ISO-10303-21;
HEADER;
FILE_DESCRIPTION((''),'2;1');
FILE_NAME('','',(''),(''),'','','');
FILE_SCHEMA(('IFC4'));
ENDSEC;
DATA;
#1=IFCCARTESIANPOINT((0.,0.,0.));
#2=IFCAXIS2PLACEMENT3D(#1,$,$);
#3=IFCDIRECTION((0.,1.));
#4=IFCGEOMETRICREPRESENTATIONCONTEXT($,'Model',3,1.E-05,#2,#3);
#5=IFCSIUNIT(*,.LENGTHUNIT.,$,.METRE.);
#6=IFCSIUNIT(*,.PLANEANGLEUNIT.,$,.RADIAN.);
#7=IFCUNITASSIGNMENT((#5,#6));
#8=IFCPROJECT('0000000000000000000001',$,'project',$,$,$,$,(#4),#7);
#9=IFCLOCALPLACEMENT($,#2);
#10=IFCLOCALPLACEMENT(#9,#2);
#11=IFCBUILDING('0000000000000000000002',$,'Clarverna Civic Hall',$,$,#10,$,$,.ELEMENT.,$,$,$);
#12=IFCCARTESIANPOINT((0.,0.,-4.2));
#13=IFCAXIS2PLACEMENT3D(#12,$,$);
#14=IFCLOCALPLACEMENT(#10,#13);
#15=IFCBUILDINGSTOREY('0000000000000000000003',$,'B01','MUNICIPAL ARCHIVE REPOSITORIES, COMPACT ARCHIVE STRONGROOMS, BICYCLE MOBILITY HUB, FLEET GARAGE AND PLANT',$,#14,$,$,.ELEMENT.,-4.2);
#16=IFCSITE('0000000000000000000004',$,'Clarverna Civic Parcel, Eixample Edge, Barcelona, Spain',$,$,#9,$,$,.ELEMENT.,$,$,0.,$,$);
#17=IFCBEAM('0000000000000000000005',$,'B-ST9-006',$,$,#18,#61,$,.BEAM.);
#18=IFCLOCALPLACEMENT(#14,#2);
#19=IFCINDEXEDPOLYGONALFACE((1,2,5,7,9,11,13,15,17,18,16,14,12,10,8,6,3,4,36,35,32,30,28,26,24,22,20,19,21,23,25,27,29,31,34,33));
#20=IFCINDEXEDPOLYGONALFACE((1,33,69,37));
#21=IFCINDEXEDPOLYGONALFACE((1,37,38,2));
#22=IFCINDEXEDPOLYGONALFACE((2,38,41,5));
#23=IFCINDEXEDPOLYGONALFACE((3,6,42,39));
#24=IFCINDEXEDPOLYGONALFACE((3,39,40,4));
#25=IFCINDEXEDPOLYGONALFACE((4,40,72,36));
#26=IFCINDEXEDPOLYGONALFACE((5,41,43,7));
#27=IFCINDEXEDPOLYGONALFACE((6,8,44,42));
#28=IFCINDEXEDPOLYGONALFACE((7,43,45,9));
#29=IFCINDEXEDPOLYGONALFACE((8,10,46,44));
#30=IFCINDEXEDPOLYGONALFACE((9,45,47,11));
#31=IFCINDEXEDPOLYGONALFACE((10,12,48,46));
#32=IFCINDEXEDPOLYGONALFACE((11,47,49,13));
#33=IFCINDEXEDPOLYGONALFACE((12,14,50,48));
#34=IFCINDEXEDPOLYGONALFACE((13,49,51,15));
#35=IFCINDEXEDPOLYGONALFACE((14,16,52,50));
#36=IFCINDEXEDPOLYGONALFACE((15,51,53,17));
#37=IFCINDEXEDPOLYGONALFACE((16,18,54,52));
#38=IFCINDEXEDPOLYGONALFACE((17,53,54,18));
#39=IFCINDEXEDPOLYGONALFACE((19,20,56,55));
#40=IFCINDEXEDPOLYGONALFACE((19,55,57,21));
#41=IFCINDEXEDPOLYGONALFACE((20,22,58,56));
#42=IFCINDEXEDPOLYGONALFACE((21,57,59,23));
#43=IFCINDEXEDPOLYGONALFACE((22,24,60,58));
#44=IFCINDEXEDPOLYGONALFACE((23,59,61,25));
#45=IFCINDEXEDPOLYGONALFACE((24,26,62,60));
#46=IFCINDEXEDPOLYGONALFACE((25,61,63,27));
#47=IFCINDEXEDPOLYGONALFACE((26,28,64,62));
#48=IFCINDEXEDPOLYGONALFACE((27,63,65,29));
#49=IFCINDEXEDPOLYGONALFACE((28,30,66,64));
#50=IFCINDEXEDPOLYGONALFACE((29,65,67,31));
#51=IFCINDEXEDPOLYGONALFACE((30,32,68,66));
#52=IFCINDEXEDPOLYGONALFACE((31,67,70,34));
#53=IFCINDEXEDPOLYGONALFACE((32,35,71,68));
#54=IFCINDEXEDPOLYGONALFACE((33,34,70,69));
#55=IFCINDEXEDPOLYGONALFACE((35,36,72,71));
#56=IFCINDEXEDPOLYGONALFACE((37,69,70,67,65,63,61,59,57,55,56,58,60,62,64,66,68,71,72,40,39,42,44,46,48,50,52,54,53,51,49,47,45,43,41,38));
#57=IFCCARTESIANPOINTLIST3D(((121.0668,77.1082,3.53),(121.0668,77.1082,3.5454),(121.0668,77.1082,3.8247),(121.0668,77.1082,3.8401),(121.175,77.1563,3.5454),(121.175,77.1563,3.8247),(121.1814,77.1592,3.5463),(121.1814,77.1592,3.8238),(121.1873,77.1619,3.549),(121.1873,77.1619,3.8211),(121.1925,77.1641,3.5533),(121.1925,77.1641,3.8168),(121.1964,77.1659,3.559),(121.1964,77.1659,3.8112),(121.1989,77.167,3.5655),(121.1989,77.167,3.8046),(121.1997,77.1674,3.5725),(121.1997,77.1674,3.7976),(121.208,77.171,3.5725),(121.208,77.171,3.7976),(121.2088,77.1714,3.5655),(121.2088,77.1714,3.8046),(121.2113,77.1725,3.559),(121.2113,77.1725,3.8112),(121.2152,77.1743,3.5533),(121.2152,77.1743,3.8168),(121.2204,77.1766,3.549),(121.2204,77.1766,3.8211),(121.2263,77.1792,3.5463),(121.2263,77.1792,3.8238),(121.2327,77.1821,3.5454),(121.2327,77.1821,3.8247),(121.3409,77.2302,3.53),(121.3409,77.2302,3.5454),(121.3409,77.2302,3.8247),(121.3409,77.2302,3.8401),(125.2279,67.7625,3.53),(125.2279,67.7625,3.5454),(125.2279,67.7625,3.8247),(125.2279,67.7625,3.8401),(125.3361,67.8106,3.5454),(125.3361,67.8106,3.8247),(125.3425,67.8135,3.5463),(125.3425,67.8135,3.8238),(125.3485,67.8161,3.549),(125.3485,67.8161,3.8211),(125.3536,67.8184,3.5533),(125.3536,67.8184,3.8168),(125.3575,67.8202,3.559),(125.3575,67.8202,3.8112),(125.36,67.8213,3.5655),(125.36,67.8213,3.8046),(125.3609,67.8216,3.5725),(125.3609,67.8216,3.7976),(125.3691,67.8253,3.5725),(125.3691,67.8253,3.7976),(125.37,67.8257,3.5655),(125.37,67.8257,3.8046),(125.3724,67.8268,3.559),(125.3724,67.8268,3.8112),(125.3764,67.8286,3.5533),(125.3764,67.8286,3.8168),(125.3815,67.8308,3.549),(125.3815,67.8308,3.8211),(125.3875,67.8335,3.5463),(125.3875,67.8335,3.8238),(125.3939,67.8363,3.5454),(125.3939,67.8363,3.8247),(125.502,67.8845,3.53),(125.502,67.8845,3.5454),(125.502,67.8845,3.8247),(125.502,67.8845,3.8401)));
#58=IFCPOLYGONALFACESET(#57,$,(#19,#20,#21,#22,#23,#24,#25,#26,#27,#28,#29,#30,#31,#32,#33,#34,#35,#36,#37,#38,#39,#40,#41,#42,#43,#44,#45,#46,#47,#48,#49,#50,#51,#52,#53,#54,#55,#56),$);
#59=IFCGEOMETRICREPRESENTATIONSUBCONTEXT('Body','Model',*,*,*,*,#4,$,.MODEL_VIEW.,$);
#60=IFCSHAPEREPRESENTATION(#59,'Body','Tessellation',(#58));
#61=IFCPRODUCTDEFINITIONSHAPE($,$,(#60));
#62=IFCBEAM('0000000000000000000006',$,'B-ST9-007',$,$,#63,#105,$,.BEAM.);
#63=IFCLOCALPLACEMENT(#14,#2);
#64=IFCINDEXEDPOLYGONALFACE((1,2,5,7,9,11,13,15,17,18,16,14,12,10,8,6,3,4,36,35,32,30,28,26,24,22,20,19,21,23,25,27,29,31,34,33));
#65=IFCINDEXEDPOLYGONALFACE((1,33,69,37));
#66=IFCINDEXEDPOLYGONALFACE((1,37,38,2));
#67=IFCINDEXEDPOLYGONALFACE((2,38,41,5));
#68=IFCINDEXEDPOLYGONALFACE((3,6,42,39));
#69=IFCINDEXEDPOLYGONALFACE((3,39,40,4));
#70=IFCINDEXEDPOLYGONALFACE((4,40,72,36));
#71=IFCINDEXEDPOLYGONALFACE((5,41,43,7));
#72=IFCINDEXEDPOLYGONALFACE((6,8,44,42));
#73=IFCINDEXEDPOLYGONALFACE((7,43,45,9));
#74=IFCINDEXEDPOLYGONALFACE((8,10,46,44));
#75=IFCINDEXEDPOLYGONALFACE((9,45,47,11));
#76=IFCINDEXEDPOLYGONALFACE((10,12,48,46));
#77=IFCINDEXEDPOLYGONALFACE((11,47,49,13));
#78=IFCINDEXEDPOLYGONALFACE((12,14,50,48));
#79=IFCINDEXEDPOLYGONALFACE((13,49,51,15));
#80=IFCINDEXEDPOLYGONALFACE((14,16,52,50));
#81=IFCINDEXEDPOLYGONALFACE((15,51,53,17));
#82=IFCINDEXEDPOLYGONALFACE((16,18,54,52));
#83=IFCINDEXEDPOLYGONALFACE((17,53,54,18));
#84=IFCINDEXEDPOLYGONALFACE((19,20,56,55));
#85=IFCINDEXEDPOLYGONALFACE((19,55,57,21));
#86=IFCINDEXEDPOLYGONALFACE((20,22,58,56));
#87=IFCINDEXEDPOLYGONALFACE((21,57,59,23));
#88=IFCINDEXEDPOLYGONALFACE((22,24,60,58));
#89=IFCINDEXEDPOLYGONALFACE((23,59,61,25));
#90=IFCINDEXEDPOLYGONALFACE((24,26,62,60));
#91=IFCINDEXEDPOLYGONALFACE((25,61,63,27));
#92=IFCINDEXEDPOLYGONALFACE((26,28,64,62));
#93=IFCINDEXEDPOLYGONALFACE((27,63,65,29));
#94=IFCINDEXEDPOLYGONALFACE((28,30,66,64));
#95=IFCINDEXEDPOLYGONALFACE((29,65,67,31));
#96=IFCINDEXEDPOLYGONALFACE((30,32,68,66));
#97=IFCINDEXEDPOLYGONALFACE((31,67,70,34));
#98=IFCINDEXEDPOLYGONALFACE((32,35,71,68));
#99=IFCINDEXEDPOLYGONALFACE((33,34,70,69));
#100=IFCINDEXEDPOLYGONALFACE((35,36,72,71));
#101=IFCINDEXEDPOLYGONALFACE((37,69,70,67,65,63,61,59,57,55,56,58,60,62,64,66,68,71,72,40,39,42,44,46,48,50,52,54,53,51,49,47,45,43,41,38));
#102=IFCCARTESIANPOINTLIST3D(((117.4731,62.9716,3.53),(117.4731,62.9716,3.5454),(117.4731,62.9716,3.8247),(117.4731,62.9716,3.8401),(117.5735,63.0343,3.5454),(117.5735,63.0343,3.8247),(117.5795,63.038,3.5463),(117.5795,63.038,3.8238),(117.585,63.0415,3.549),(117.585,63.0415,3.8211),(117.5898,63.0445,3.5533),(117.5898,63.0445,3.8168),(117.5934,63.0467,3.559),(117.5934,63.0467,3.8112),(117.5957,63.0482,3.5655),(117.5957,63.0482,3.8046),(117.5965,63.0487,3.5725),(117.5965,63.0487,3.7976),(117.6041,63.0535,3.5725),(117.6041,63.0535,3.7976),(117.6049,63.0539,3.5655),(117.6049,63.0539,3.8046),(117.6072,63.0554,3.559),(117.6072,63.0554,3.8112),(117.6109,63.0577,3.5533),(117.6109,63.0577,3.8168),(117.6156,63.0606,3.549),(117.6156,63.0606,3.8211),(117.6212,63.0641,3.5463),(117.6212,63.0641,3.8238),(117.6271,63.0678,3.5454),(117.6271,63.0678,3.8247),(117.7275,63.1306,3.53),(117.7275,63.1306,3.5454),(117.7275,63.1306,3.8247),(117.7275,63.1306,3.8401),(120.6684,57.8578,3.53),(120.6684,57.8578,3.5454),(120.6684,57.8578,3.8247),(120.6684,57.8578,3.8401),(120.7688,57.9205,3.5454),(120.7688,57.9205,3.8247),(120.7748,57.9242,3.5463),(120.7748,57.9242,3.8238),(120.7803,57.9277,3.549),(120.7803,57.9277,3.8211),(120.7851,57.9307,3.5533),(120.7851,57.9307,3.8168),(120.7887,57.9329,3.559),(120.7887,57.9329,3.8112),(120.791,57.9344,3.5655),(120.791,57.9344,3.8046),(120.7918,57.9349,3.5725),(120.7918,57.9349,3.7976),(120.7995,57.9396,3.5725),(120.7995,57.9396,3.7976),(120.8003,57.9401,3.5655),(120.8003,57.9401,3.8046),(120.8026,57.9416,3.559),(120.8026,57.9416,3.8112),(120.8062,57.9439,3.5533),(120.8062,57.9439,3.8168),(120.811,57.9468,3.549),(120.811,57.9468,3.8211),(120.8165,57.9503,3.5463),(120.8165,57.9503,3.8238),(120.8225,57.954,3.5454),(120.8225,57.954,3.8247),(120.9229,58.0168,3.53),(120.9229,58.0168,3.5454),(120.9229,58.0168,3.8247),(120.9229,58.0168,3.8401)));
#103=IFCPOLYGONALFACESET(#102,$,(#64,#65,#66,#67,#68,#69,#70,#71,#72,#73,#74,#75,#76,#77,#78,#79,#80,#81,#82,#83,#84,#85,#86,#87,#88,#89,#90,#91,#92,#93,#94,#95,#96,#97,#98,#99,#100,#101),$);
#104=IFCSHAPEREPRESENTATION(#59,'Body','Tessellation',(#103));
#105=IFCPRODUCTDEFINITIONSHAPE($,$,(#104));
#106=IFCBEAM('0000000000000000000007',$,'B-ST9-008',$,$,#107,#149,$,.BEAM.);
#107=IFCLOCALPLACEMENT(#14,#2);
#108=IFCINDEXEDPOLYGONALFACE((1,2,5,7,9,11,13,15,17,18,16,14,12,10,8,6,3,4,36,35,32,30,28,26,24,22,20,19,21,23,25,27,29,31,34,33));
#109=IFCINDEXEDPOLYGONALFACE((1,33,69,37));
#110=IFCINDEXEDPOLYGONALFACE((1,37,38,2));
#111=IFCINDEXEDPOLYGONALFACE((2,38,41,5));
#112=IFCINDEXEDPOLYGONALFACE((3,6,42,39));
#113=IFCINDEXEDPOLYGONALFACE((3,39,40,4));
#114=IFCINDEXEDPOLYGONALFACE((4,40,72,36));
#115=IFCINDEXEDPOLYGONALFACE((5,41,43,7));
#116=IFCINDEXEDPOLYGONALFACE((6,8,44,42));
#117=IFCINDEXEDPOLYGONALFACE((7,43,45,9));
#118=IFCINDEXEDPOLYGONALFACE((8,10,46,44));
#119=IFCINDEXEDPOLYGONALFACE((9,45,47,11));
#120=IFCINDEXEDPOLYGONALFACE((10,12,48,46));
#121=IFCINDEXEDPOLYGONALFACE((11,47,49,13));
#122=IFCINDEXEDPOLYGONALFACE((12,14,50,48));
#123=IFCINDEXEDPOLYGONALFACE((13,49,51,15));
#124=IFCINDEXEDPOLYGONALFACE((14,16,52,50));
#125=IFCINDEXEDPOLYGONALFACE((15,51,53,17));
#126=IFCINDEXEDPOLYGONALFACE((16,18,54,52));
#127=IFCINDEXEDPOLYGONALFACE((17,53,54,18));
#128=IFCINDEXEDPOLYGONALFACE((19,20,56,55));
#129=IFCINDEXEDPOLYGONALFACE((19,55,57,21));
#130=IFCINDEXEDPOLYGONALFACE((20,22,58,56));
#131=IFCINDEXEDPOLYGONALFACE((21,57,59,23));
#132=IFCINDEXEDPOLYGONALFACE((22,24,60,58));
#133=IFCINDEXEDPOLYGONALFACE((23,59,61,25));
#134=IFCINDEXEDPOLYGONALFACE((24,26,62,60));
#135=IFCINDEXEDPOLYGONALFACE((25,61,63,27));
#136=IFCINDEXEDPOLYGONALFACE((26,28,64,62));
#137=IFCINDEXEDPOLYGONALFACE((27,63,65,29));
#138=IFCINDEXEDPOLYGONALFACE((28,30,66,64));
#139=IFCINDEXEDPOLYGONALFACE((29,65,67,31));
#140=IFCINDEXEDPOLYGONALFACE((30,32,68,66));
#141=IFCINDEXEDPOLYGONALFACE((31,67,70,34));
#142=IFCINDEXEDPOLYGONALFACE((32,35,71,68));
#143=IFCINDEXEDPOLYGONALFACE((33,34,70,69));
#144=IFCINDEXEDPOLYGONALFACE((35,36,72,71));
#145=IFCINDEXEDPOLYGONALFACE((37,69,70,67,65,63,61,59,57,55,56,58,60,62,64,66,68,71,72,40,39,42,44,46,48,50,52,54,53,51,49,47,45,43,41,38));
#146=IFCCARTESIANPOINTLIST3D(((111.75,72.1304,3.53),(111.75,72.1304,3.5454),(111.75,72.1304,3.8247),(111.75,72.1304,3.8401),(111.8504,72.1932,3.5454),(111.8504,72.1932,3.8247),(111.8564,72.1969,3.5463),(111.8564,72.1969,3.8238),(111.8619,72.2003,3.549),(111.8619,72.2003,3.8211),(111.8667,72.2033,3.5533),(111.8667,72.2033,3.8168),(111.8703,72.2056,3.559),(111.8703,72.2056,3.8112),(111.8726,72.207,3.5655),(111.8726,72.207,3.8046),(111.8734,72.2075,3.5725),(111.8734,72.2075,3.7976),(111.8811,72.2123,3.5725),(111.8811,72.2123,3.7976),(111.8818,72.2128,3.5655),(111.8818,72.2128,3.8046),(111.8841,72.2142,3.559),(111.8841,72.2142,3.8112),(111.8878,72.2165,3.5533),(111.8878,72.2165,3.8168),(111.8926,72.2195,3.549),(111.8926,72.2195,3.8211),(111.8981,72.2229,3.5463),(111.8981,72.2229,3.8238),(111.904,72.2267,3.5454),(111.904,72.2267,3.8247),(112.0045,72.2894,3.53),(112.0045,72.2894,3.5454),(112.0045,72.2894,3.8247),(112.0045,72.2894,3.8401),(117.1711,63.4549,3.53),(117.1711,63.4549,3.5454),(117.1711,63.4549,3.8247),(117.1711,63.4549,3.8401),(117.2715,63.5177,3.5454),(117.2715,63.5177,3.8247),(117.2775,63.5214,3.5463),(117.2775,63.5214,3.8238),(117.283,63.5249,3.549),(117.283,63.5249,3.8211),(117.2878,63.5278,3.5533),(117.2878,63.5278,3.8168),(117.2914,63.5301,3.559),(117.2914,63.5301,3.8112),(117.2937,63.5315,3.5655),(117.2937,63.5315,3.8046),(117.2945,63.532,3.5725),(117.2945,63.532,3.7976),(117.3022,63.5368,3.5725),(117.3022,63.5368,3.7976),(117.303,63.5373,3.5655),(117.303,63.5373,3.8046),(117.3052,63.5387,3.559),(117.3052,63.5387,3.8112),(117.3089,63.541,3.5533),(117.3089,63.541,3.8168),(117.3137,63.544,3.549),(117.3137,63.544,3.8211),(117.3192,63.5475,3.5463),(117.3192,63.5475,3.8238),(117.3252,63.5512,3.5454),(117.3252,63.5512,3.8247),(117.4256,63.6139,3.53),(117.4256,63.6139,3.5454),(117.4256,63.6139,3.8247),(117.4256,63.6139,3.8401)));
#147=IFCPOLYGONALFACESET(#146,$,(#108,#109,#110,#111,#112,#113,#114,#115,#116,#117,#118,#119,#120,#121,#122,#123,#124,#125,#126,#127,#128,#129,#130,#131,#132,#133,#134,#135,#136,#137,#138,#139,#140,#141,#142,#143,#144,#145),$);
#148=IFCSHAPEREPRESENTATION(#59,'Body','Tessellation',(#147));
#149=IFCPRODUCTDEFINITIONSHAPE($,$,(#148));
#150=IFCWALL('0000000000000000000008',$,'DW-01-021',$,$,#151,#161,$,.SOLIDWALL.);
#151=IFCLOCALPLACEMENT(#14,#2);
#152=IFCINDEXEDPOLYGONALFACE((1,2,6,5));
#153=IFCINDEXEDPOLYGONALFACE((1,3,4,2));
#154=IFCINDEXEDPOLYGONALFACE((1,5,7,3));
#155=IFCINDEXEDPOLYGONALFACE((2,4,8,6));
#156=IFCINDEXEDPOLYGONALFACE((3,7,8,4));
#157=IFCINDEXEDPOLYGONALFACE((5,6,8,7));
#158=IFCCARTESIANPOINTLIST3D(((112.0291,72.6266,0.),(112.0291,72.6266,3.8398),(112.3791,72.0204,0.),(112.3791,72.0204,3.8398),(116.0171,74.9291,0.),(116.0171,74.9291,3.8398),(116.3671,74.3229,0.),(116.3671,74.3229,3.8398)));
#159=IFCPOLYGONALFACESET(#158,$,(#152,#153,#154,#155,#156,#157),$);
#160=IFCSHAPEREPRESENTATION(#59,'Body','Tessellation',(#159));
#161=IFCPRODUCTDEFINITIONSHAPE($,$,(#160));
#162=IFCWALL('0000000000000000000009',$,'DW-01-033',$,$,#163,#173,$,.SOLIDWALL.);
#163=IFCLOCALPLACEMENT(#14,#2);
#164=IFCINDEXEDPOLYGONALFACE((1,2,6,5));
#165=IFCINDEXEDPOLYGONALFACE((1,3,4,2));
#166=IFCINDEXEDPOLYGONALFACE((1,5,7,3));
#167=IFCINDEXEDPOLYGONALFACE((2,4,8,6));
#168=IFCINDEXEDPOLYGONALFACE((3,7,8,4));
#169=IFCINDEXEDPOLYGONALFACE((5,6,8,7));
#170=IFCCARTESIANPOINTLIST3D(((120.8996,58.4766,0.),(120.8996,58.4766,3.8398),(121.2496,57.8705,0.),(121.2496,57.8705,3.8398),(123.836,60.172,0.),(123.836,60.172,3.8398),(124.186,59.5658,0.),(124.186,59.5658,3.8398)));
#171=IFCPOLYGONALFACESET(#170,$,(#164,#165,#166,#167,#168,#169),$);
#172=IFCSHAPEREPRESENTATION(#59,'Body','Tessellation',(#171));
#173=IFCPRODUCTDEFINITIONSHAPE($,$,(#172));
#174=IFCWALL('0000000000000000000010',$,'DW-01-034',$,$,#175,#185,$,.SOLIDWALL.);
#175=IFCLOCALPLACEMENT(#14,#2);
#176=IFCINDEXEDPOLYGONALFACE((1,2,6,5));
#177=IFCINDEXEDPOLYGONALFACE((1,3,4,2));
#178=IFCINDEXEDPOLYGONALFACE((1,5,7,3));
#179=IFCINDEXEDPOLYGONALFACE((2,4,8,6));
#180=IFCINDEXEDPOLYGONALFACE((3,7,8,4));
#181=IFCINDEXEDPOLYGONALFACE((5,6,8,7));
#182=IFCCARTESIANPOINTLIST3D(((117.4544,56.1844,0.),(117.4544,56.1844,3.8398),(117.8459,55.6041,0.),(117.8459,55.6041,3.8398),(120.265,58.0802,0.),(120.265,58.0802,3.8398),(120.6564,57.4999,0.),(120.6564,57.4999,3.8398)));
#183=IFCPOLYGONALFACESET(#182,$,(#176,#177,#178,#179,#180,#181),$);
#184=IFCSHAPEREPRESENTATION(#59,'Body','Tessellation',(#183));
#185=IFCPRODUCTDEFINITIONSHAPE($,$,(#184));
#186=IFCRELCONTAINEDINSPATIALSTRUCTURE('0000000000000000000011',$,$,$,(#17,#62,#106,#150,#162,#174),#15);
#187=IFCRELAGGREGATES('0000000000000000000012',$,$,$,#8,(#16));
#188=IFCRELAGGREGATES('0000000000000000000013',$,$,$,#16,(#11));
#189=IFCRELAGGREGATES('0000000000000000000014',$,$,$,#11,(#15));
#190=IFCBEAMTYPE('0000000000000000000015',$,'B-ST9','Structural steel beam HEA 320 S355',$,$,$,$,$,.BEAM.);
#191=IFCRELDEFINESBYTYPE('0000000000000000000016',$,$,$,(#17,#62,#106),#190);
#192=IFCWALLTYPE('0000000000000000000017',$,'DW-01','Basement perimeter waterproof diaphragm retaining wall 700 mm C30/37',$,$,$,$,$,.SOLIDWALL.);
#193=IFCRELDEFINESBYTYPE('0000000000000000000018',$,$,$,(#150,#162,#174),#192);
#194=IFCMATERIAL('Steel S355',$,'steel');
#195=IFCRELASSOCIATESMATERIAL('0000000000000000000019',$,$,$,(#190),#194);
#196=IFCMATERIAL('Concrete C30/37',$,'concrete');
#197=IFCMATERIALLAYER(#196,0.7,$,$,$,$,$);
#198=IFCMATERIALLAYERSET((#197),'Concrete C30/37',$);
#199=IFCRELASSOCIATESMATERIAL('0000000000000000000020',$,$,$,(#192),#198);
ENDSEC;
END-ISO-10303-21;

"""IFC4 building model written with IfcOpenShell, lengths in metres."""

from ifc_helpers import new_model, si_unit, direction, frame, frame_2d, origin, origin_2d, place, context, subcontext, project, spatial, rectangle, i_section, extrude, material, layer, layer_set, material_profile, profile_set, type_object, element, save


model = new_model("IFC4")

# Units and contexts
model_context = context("Model", 3, precision=1e-05, world=origin(), true_north=direction((0.0, 1.0)))
body_context = subcontext(model_context, "Body", "Model", "MODEL_VIEW")
ifc_project = project(units=[si_unit("LENGTHUNIT", "METRE"), si_unit("PLANEANGLEUNIT", "RADIAN")], contexts=[model_context])

# Site, building, storey
site_placement = place(None, origin())
site = spatial("IfcSite", under=ifc_project, at=site_placement, Name="Clarverna Civic Parcel, Eixample Edge, Barcelona, Spain", CompositionType="ELEMENT", RefElevation=0.0)
building_placement = place(site_placement, origin())
building = spatial("IfcBuilding", under=site, at=building_placement, Name="Clarverna Civic Hall", CompositionType="ELEMENT")
storey_placement = place(building_placement, frame((0.0, 0.0, -4.2)))
storey = spatial("IfcBuildingStorey", under=building, at=storey_placement, Name="B01", Description="MUNICIPAL ARCHIVE REPOSITORIES, COMPACT ARCHIVE STRONGROOMS, BICYCLE MOBILITY HUB, FLEET GARAGE AND PLANT", CompositionType="ELEMENT", Elevation=-4.2)

# Shared definitions
ifc_material_1 = material(Name="Concrete C30/37", Category="concrete")

# Beams
ifc_material_2 = material(Name="Steel S355", Category="steel")
ifc_material_profile_1 = material_profile(ifc_material_2, i_section(OverallWidth=0.3, OverallDepth=0.3101, WebThickness=0.009, FlangeThickness=0.0154, FilletRadius=0.0271, at=origin_2d()), Name="HEA 320")
ifc_profile_set_1 = profile_set([ifc_material_profile_1], Name="Steel S355")
beam_type_1 = type_object("IfcBeamType", Name="B-ST9", Description="Structural steel beam HEA 320 S355", PredefinedType="BEAM", material=ifc_profile_set_1)
beam_1_placement = place(storey_placement, frame((125.365, 67.8235, 3.6851), z_axis=(-0.40675, 0.91354, 0.0), x_axis=(-0.91354, -0.40675, 0.0)))
element("IfcBeam", 1, at=beam_1_placement, inside=storey, type_object=beam_type_1, Name="B-ST9-006", PredefinedType="BEAM", context=body_context, shape_type="SweptSolid", body=[
    extrude(i_section(OverallWidth=0.3, OverallDepth=0.3101, WebThickness=0.009, FlangeThickness=0.0154, FilletRadius=0.0271, at=origin_2d()), origin(), (0.0, 0.0, 1.0), 10.2302),
])
beam_2_placement = place(storey_placement, frame((120.7957, 57.9373, 3.6851), z_axis=(-0.529904, 0.848057, 0.0), x_axis=(-0.848057, -0.529904, 0.0)))
element("IfcBeam", 2, at=beam_2_placement, inside=storey, type_object=beam_type_1, Name="B-ST9-007", PredefinedType="BEAM", context=body_context, shape_type="SweptSolid", body=[
    extrude(i_section(OverallWidth=0.3, OverallDepth=0.3101, WebThickness=0.009, FlangeThickness=0.0154, FilletRadius=0.0271, at=origin_2d()), origin(), (0.0, 0.0, 1.0), 6.03),
])
beam_3_placement = place(storey_placement, frame((117.2983, 63.5344, 3.6851), z_axis=(-0.529924, 0.848045, 0.0), x_axis=(-0.848045, -0.529924, 0.0)))
element("IfcBeam", 3, at=beam_3_placement, inside=storey, type_object=beam_type_1, Name="B-ST9-008", PredefinedType="BEAM", context=body_context, shape_type="SweptSolid", body=[
    extrude(i_section(OverallWidth=0.3, OverallDepth=0.3101, WebThickness=0.009, FlangeThickness=0.0154, FilletRadius=0.0271, at=origin_2d()), origin(), (0.0, 0.0, 1.0), 10.23),
])

# Walls
ifc_layer = layer(ifc_material_1, 0.7)
ifc_layer_set = layer_set([ifc_layer], Name="Concrete C30/37")
wall_type = type_object("IfcWallType", Name="DW-01", Description="Basement perimeter waterproof diaphragm retaining wall 700 mm C30/37", PredefinedType="SOLIDWALL", material=ifc_layer_set)
wall_1_placement = place(storey_placement, frame((112.2041, 72.3235, 0.0), z_axis=(0.0, 0.0, 1.0), x_axis=(0.866026, 0.499999, 0.0)))
element("IfcWall", 4, at=wall_1_placement, inside=storey, type_object=wall_type, Name="DW-01-021", PredefinedType="SOLIDWALL", context=body_context, shape_type="SweptSolid", body=[
    extrude(rectangle(XDim=4.605, YDim=0.7, at=frame_2d((2.3025, 0.0))), origin(), (0.0, 0.0, 1.0), 3.8398),
])
wall_2_placement = place(storey_placement, frame((124.011, 59.8689, 0.0), z_axis=(0.0, 0.0, 1.0), x_axis=(-0.866019, -0.500011, 0.0)))
element("IfcWall", 5, at=wall_2_placement, inside=storey, type_object=wall_type, Name="DW-01-033", PredefinedType="SOLIDWALL", context=body_context, shape_type="SweptSolid", body=[
    extrude(rectangle(XDim=3.3906, YDim=0.7, at=frame_2d((1.6953, 0.0))), origin(), (0.0, 0.0, 1.0), 3.8398),
])
wall_3_placement = place(storey_placement, frame((120.4607, 57.79, 0.0), z_axis=(0.0, 0.0, 1.0), x_axis=(-0.829036, -0.559196, 0.0)))
element("IfcWall", 6, at=wall_3_placement, inside=storey, type_object=wall_type, Name="DW-01-034", PredefinedType="SOLIDWALL", context=body_context, shape_type="SweptSolid", body=[
    extrude(rectangle(XDim=3.3901, YDim=0.7, at=frame_2d((1.6951, 0.0))), origin(), (0.0, 0.0, 1.0), 3.8398),
])

save(model, "model.ifc")
